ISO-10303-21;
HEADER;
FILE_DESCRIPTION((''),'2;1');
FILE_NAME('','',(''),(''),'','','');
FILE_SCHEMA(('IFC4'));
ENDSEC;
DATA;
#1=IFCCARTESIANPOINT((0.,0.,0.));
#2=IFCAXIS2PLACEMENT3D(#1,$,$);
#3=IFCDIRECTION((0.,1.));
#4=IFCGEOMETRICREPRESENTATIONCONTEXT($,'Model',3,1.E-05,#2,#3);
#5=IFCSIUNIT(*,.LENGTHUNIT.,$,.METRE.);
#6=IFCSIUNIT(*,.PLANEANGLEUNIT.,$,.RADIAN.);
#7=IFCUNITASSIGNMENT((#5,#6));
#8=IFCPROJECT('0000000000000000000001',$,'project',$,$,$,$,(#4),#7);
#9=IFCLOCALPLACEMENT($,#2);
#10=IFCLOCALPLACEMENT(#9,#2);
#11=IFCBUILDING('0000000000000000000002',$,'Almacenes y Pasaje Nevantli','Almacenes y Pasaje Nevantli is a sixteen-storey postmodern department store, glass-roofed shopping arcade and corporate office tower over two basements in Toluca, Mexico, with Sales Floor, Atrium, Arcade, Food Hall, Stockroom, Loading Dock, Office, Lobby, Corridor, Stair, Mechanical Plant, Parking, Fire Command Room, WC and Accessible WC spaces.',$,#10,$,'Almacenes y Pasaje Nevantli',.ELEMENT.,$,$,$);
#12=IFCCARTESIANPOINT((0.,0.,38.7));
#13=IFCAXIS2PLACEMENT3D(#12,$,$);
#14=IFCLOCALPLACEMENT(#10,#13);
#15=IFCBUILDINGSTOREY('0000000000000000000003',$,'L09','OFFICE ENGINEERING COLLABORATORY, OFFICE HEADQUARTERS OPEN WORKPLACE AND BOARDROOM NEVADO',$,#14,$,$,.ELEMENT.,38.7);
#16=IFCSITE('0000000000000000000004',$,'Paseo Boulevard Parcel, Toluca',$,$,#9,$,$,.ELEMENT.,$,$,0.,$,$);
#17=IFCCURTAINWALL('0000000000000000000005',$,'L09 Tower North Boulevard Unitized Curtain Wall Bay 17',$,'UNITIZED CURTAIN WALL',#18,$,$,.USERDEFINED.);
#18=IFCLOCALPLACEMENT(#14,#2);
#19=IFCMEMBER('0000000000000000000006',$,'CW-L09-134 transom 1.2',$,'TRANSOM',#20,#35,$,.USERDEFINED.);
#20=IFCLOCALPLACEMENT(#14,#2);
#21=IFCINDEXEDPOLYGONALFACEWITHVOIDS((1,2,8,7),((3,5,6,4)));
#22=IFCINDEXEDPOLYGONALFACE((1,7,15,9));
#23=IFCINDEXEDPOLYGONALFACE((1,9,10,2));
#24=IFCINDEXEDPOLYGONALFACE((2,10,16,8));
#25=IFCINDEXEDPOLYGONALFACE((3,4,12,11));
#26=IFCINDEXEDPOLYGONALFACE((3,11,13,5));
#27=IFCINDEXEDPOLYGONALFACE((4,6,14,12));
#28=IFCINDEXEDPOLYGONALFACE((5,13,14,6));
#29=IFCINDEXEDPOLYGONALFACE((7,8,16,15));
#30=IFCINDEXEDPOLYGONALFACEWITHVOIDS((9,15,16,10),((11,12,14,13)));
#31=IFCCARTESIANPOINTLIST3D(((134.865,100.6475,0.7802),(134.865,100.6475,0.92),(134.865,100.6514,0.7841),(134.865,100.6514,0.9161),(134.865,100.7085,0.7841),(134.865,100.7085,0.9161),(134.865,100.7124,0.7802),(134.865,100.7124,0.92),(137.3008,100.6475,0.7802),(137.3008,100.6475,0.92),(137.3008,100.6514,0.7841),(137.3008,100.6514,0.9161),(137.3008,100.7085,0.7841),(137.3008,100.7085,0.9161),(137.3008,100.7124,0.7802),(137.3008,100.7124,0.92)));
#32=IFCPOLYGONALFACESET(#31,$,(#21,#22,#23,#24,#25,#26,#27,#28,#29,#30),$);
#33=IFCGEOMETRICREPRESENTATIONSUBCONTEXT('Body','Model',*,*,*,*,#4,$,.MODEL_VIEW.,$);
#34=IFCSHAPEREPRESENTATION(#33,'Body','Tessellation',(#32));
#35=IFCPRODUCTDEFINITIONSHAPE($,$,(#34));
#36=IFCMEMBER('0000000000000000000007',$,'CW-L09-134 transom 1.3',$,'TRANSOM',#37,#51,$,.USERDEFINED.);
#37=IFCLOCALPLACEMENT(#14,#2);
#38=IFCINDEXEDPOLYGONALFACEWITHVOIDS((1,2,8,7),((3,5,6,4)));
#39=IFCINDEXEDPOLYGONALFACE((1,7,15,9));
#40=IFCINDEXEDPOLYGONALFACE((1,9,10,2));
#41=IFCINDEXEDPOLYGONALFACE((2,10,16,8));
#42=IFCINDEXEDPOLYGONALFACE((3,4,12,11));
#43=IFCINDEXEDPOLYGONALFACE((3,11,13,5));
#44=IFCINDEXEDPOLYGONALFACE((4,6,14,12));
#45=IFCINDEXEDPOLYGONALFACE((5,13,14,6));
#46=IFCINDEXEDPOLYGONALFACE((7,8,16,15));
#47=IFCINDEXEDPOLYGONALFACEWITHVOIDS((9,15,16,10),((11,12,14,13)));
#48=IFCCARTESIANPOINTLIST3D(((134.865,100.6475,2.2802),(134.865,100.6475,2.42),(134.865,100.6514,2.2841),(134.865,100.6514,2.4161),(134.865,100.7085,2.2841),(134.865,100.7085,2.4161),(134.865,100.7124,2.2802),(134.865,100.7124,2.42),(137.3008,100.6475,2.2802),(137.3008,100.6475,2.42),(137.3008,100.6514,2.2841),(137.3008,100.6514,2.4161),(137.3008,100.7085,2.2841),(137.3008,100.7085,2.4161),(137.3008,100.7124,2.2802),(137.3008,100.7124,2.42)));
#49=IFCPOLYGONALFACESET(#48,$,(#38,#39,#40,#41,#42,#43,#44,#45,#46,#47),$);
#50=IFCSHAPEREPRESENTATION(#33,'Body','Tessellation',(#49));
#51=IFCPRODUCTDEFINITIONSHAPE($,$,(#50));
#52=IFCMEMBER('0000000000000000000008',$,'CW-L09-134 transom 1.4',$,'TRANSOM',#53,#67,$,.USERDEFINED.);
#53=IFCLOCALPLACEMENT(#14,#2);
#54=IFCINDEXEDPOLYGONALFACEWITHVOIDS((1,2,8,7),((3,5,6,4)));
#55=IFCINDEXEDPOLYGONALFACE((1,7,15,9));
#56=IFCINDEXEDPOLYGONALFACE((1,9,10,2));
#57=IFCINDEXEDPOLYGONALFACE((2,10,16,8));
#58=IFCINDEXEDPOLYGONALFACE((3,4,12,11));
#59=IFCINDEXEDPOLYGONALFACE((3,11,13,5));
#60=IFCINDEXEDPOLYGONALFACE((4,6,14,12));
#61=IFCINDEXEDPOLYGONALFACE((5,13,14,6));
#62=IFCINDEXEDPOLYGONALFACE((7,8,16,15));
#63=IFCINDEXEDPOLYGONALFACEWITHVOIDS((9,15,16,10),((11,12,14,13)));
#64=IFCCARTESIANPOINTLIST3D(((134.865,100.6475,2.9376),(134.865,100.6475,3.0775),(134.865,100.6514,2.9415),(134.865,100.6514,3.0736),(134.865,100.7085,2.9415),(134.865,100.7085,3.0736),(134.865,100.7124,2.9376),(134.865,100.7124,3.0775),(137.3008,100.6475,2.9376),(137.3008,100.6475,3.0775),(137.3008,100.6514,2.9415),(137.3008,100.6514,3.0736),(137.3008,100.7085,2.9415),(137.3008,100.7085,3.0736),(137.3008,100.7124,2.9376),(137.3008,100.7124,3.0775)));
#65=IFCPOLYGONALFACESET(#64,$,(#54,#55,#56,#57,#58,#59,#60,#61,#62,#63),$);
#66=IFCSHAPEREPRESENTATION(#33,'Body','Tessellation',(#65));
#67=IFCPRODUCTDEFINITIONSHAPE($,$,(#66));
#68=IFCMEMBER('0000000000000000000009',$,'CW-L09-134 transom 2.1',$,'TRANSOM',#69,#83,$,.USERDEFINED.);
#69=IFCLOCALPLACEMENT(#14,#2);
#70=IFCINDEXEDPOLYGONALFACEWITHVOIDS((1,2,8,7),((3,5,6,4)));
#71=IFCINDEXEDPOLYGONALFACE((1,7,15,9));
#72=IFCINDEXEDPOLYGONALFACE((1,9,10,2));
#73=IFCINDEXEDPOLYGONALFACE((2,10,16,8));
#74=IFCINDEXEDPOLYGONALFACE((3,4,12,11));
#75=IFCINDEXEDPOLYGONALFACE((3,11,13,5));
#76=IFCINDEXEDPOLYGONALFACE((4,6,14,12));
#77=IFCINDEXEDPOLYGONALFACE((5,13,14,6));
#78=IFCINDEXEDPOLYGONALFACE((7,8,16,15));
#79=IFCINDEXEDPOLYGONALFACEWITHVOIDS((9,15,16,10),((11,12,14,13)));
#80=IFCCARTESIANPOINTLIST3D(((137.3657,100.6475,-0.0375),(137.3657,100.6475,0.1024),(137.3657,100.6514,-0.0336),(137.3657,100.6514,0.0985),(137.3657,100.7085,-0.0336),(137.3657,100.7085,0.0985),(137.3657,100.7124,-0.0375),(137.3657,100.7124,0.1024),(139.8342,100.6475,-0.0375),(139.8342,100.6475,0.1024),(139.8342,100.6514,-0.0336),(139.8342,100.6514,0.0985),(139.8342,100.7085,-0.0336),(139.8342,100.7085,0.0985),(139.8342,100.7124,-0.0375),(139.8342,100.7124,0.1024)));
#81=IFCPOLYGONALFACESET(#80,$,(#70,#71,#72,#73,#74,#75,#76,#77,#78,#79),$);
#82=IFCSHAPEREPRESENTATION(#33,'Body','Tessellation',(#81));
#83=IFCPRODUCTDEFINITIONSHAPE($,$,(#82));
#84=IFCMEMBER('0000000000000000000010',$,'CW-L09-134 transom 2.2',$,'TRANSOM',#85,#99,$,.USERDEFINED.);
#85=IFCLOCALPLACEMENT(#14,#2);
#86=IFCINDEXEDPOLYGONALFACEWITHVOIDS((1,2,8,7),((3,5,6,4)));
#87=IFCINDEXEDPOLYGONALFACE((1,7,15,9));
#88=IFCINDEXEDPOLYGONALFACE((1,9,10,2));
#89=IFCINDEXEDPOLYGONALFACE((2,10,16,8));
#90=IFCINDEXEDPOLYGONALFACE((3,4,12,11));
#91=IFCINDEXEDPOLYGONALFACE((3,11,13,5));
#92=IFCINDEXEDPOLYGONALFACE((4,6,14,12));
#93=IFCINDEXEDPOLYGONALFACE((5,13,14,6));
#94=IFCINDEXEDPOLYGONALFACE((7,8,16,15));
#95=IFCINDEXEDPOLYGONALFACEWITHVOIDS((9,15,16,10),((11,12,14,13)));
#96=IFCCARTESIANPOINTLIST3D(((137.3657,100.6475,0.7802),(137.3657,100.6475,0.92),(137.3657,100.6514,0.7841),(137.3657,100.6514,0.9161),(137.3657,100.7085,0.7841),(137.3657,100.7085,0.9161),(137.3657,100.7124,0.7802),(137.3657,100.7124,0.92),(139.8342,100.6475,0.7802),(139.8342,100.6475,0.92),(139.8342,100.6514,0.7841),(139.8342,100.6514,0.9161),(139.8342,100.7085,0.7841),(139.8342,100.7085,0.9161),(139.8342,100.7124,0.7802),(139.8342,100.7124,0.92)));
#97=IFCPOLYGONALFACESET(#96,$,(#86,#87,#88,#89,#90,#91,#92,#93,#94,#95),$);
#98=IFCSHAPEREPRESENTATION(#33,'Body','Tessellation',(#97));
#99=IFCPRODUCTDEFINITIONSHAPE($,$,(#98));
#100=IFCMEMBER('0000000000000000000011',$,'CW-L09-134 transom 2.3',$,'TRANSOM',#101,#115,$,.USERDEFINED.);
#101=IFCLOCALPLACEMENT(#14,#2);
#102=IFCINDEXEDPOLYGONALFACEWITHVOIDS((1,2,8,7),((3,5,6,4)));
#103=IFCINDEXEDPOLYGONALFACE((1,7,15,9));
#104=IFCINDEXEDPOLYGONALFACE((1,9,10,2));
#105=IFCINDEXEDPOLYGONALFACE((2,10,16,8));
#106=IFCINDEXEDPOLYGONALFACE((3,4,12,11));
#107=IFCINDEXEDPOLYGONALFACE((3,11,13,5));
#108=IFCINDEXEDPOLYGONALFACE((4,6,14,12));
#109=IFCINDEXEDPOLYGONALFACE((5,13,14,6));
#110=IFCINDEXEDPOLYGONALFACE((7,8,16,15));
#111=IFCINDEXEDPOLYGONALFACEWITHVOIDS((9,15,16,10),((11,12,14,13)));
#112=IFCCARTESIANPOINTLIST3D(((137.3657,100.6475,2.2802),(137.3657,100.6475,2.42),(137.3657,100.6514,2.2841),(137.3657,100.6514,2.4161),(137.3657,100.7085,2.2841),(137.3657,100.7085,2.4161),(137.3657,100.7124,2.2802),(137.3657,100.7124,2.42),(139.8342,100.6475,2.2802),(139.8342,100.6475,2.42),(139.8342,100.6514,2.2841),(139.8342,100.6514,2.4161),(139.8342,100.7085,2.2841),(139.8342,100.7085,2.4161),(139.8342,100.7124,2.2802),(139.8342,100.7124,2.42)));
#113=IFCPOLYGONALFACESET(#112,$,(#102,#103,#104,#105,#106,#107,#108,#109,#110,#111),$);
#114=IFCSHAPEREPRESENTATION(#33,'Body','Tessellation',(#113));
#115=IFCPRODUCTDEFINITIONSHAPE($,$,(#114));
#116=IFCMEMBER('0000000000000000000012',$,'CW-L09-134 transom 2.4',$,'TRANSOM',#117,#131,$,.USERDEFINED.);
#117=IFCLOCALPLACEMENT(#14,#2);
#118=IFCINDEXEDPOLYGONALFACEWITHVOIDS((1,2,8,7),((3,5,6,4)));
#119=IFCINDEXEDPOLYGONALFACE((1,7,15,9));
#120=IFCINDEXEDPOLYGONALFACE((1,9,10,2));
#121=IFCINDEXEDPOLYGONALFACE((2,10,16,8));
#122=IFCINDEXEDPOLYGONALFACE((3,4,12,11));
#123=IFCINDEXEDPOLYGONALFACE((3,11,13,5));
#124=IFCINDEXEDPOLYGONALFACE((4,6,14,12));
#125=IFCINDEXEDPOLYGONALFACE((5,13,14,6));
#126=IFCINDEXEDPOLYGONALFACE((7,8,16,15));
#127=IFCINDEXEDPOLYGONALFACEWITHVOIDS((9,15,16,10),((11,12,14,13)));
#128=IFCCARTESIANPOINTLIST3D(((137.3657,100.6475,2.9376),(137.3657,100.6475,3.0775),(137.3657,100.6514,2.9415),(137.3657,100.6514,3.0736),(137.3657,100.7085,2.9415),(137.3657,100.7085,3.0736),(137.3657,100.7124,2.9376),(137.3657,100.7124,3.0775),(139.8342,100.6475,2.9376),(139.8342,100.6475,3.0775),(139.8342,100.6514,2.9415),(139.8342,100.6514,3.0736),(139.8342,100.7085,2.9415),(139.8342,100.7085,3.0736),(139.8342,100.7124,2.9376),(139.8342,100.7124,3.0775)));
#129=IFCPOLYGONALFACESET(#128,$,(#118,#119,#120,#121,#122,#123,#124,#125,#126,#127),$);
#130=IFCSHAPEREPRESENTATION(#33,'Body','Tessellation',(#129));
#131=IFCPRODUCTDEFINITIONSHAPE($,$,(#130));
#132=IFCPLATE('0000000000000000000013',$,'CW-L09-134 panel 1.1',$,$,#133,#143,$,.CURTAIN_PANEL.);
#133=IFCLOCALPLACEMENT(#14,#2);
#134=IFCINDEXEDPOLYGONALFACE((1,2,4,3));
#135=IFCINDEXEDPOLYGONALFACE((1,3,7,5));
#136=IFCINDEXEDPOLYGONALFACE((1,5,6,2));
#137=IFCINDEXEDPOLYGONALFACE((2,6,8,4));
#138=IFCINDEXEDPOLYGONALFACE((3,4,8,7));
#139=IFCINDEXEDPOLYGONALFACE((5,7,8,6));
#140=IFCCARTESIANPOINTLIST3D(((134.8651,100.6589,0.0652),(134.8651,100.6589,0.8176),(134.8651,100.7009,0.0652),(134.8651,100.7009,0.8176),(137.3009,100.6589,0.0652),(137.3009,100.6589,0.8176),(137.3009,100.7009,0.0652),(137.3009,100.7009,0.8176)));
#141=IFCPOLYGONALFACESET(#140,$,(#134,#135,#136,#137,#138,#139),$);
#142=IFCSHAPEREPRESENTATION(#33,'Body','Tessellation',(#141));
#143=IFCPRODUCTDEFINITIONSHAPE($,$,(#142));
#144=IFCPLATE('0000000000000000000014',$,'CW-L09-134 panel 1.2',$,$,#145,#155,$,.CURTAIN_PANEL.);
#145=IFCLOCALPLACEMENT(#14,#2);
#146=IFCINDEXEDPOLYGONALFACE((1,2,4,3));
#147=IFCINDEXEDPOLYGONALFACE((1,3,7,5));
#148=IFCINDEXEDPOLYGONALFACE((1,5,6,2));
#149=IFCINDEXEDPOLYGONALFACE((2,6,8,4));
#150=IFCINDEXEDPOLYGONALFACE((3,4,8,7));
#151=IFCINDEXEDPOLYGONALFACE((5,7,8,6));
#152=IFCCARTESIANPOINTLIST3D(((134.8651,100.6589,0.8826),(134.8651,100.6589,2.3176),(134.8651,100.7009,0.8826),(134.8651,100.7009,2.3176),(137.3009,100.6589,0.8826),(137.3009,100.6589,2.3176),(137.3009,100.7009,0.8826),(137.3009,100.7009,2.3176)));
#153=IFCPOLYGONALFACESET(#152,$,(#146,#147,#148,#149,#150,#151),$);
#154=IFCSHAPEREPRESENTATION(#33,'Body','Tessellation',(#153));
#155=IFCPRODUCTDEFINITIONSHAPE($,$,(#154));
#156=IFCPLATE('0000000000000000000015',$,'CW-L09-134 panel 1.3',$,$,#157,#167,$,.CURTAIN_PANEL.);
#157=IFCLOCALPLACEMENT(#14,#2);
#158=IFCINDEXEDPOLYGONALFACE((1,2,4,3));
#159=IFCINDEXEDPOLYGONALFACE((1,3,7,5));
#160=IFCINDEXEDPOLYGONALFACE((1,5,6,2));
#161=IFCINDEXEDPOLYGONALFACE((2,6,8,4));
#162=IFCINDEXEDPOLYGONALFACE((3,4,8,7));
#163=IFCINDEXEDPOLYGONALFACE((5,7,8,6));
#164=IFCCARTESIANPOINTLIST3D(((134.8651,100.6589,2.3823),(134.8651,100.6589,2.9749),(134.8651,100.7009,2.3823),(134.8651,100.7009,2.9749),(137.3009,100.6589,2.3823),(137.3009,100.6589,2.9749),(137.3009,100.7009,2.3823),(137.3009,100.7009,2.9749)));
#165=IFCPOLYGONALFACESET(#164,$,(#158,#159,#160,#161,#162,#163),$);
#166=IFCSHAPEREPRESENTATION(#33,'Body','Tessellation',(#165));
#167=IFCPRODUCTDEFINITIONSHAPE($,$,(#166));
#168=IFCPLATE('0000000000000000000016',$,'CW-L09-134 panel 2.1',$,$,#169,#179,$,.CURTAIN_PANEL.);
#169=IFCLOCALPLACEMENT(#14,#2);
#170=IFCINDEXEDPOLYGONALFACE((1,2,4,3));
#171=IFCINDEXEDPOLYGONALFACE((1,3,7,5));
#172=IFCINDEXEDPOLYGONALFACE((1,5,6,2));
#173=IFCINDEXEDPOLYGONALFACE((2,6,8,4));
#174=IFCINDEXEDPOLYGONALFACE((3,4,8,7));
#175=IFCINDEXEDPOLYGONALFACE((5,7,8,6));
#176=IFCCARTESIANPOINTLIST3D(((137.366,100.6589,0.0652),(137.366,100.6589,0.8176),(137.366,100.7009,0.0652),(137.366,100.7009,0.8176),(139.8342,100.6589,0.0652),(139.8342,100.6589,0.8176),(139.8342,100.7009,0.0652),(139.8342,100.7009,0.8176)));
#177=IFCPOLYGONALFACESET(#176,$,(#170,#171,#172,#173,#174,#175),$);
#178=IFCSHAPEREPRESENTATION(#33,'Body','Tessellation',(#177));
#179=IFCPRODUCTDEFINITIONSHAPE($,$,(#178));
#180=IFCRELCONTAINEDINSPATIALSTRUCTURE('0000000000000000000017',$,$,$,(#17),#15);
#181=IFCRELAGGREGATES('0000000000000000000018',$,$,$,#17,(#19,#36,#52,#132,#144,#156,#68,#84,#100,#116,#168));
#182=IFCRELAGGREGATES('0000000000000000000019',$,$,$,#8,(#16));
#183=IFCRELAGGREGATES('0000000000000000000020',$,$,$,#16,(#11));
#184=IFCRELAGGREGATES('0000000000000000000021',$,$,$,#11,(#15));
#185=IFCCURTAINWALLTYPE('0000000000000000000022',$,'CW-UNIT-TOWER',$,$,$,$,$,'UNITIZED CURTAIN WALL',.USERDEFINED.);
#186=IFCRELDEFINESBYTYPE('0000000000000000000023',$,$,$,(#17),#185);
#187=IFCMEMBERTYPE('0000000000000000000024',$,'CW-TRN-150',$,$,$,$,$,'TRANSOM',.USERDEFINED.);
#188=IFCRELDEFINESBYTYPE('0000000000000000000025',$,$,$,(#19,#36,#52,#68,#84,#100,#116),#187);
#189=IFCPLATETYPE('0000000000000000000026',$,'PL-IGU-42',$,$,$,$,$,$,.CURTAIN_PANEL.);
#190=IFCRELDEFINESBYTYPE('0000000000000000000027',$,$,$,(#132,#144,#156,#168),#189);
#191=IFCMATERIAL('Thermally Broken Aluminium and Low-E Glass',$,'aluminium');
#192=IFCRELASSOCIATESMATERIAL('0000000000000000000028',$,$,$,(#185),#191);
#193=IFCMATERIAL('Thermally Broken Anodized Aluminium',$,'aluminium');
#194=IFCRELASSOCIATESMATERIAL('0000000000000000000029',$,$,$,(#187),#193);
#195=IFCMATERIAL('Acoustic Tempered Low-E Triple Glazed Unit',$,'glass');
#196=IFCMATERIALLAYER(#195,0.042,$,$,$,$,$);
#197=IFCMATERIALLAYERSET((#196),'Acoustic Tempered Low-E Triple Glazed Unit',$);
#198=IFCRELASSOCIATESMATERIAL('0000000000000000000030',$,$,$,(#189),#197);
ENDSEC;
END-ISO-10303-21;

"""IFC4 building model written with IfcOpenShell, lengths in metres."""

from ifc_helpers import new_model, si_unit, direction, frame, origin, origin_2d, place, context, subcontext, project, spatial, rectangle, hollow_rectangle, extrude, material, layer, layer_set, material_profile, profile_set, type_object, element, aggregate, save


model = new_model("IFC4")

# Units and contexts
model_context = context("Model", 3, precision=1e-05, world=origin(), true_north=direction((0.0, 1.0)))
body_context = subcontext(model_context, "Body", "Model", "MODEL_VIEW")
ifc_project = project(units=[si_unit("LENGTHUNIT", "METRE"), si_unit("PLANEANGLEUNIT", "RADIAN")], contexts=[model_context])

# Site, building, storey
site_placement = place(None, origin())
site = spatial("IfcSite", under=ifc_project, at=site_placement, Name="Paseo Boulevard Parcel, Toluca", CompositionType="ELEMENT", RefElevation=0.0)
building_placement = place(site_placement, origin())
building = spatial("IfcBuilding", under=site, at=building_placement, Name="Almacenes y Pasaje Nevantli", Description="Almacenes y Pasaje Nevantli is a sixteen-storey postmodern department store, glass-roofed shopping arcade and corporate office tower over two basements in Toluca, Mexico, with Sales Floor, Atrium, Arcade, Food Hall, Stockroom, Loading Dock, Office, Lobby, Corridor, Stair, Mechanical Plant, Parking, Fire Command Room, WC and Accessible WC spaces.", LongName="Almacenes y Pasaje Nevantli", CompositionType="ELEMENT")
storey_placement = place(building_placement, frame((0.0, 0.0, 38.7)))
storey = spatial("IfcBuildingStorey", under=building, at=storey_placement, Name="L09", Description="OFFICE ENGINEERING COLLABORATORY, OFFICE HEADQUARTERS OPEN WORKPLACE AND BOARDROOM NEVADO", CompositionType="ELEMENT", Elevation=38.7)

# Curtain wall, members, plates
ifc_material_1 = material(Name="Thermally Broken Aluminium and Low-E Glass", Category="aluminium")
curtain_wall_type = type_object("IfcCurtainWallType", Name="CW-UNIT-TOWER", ElementType="UNITIZED CURTAIN WALL", PredefinedType="USERDEFINED", material=ifc_material_1)
curtain_wall_placement = place(storey_placement, origin())
curtain_wall = element("IfcCurtainWall", 1, at=curtain_wall_placement, inside=storey, type_object=curtain_wall_type, Name="L09 Tower North Boulevard Unitized Curtain Wall Bay 17", ObjectType="UNITIZED CURTAIN WALL", PredefinedType="USERDEFINED")
ifc_material_2 = material(Name="Thermally Broken Anodized Aluminium", Category="aluminium")
ifc_material_profile_1 = material_profile(ifc_material_2, hollow_rectangle(XDim=0.0649, YDim=0.1399, WallThickness=0.0039, at=origin_2d()), Name="ALU-TRN-65x140")
ifc_profile_set_1 = profile_set([ifc_material_profile_1], Name="Thermally Broken Anodized Aluminium")
member_type_1 = type_object("IfcMemberType", Name="CW-TRN-150", ElementType="TRANSOM", PredefinedType="USERDEFINED", material=ifc_profile_set_1)
member_1_placement = place(storey_placement, frame((134.865, 100.6799, 0.8501), z_axis=(1.0, 0.0, 0.0), x_axis=(0.0, 1.0, 0.0)))
member_1 = element("IfcMember", 2, at=member_1_placement, type_object=member_type_1, Name="CW-L09-134 transom 1.2", ObjectType="TRANSOM", PredefinedType="USERDEFINED", context=body_context, shape_type="SweptSolid", body=[
    extrude(hollow_rectangle(XDim=0.0649, YDim=0.1399, WallThickness=0.0039, at=origin_2d()), origin(), (0.0, 0.0, 1.0), 2.4358),
])
member_2_placement = place(storey_placement, frame((134.865, 100.6799, 2.3501), z_axis=(1.0, 0.0, 0.0), x_axis=(0.0, 1.0, 0.0)))
member_2 = element("IfcMember", 3, at=member_2_placement, type_object=member_type_1, Name="CW-L09-134 transom 1.3", ObjectType="TRANSOM", PredefinedType="USERDEFINED", context=body_context, shape_type="SweptSolid", body=[
    extrude(hollow_rectangle(XDim=0.0649, YDim=0.1399, WallThickness=0.0039, at=origin_2d()), origin(), (0.0, 0.0, 1.0), 2.4358),
])
member_3_placement = place(storey_placement, frame((134.865, 100.6799, 3.0076), z_axis=(1.0, 0.0, 0.0), x_axis=(0.0, 1.0, 0.0)))
member_3 = element("IfcMember", 4, at=member_3_placement, type_object=member_type_1, Name="CW-L09-134 transom 1.4", ObjectType="TRANSOM", PredefinedType="USERDEFINED", context=body_context, shape_type="SweptSolid", body=[
    extrude(hollow_rectangle(XDim=0.0649, YDim=0.1399, WallThickness=0.0039, at=origin_2d()), origin(), (0.0, 0.0, 1.0), 2.4358),
])
member_4_placement = place(storey_placement, frame((137.3657, 100.6799, 0.0325), z_axis=(1.0, 0.0, 0.0), x_axis=(0.0, 1.0, 0.0)))
member_4 = element("IfcMember", 5, at=member_4_placement, type_object=member_type_1, Name="CW-L09-134 transom 2.1", ObjectType="TRANSOM", PredefinedType="USERDEFINED", context=body_context, shape_type="SweptSolid", body=[
    extrude(hollow_rectangle(XDim=0.0649, YDim=0.1399, WallThickness=0.0039, at=origin_2d()), origin(), (0.0, 0.0, 1.0), 2.4685),
])
member_5_placement = place(storey_placement, frame((137.3657, 100.6799, 0.8501), z_axis=(1.0, 0.0, 0.0), x_axis=(0.0, 1.0, 0.0)))
member_5 = element("IfcMember", 6, at=member_5_placement, type_object=member_type_1, Name="CW-L09-134 transom 2.2", ObjectType="TRANSOM", PredefinedType="USERDEFINED", context=body_context, shape_type="SweptSolid", body=[
    extrude(hollow_rectangle(XDim=0.0649, YDim=0.1399, WallThickness=0.0039, at=origin_2d()), origin(), (0.0, 0.0, 1.0), 2.4685),
])
member_6_placement = place(storey_placement, frame((137.3657, 100.6799, 2.3501), z_axis=(1.0, 0.0, 0.0), x_axis=(0.0, 1.0, 0.0)))
member_6 = element("IfcMember", 7, at=member_6_placement, type_object=member_type_1, Name="CW-L09-134 transom 2.3", ObjectType="TRANSOM", PredefinedType="USERDEFINED", context=body_context, shape_type="SweptSolid", body=[
    extrude(hollow_rectangle(XDim=0.0649, YDim=0.1399, WallThickness=0.0039, at=origin_2d()), origin(), (0.0, 0.0, 1.0), 2.4685),
])
member_7_placement = place(storey_placement, frame((137.3657, 100.6799, 3.0076), z_axis=(1.0, 0.0, 0.0), x_axis=(0.0, 1.0, 0.0)))
member_7 = element("IfcMember", 8, at=member_7_placement, type_object=member_type_1, Name="CW-L09-134 transom 2.4", ObjectType="TRANSOM", PredefinedType="USERDEFINED", context=body_context, shape_type="SweptSolid", body=[
    extrude(hollow_rectangle(XDim=0.0649, YDim=0.1399, WallThickness=0.0039, at=origin_2d()), origin(), (0.0, 0.0, 1.0), 2.4685),
])
ifc_material_3 = material(Name="Acoustic Tempered Low-E Triple Glazed Unit", Category="glass")
ifc_layer_1 = layer(ifc_material_3, 0.042)
ifc_layer_set_1 = layer_set([ifc_layer_1], Name="Acoustic Tempered Low-E Triple Glazed Unit")
plate_type = type_object("IfcPlateType", Name="PL-IGU-42", PredefinedType="CURTAIN_PANEL", material=ifc_layer_set_1)
plate_1_placement = place(storey_placement, frame((136.083, 100.6799, 0.0652), z_axis=(0.0, 0.0, 1.0), x_axis=(1.0, 0.0, 0.0)))
plate_1 = element("IfcPlate", 9, at=plate_1_placement, type_object=plate_type, Name="CW-L09-134 panel 1.1", PredefinedType="CURTAIN_PANEL", context=body_context, shape_type="SweptSolid", body=[
    extrude(rectangle(XDim=2.4358, YDim=0.042, at=origin_2d()), origin(), (0.0, 0.0, 1.0), 0.7524),
])
plate_2_placement = place(storey_placement, frame((136.083, 100.6799, 0.8826), z_axis=(0.0, 0.0, 1.0), x_axis=(1.0, 0.0, 0.0)))
plate_2 = element("IfcPlate", 10, at=plate_2_placement, type_object=plate_type, Name="CW-L09-134 panel 1.2", PredefinedType="CURTAIN_PANEL", context=body_context, shape_type="SweptSolid", body=[
    extrude(rectangle(XDim=2.4358, YDim=0.042, at=origin_2d()), origin(), (0.0, 0.0, 1.0), 1.4351),
])
plate_3_placement = place(storey_placement, frame((136.083, 100.6799, 2.3823), z_axis=(0.0, 0.0, 1.0), x_axis=(1.0, 0.0, 0.0)))
plate_3 = element("IfcPlate", 11, at=plate_3_placement, type_object=plate_type, Name="CW-L09-134 panel 1.3", PredefinedType="CURTAIN_PANEL", context=body_context, shape_type="SweptSolid", body=[
    extrude(rectangle(XDim=2.4358, YDim=0.042, at=origin_2d()), origin(), (0.0, 0.0, 1.0), 0.5925),
])
plate_4_placement = place(storey_placement, frame((138.6001, 100.6799, 0.0652), z_axis=(0.0, 0.0, 1.0), x_axis=(1.0, 0.0, 0.0)))
plate_4 = element("IfcPlate", 12, at=plate_4_placement, type_object=plate_type, Name="CW-L09-134 panel 2.1", PredefinedType="CURTAIN_PANEL", context=body_context, shape_type="SweptSolid", body=[
    extrude(rectangle(XDim=2.4683, YDim=0.042, at=origin_2d()), origin(), (0.0, 0.0, 1.0), 0.7524),
])
aggregate(curtain_wall, [member_1, member_2, member_3, plate_1, plate_2, plate_3, member_4, member_5, member_6, member_7, plate_4])

save(model, "model.ifc")
